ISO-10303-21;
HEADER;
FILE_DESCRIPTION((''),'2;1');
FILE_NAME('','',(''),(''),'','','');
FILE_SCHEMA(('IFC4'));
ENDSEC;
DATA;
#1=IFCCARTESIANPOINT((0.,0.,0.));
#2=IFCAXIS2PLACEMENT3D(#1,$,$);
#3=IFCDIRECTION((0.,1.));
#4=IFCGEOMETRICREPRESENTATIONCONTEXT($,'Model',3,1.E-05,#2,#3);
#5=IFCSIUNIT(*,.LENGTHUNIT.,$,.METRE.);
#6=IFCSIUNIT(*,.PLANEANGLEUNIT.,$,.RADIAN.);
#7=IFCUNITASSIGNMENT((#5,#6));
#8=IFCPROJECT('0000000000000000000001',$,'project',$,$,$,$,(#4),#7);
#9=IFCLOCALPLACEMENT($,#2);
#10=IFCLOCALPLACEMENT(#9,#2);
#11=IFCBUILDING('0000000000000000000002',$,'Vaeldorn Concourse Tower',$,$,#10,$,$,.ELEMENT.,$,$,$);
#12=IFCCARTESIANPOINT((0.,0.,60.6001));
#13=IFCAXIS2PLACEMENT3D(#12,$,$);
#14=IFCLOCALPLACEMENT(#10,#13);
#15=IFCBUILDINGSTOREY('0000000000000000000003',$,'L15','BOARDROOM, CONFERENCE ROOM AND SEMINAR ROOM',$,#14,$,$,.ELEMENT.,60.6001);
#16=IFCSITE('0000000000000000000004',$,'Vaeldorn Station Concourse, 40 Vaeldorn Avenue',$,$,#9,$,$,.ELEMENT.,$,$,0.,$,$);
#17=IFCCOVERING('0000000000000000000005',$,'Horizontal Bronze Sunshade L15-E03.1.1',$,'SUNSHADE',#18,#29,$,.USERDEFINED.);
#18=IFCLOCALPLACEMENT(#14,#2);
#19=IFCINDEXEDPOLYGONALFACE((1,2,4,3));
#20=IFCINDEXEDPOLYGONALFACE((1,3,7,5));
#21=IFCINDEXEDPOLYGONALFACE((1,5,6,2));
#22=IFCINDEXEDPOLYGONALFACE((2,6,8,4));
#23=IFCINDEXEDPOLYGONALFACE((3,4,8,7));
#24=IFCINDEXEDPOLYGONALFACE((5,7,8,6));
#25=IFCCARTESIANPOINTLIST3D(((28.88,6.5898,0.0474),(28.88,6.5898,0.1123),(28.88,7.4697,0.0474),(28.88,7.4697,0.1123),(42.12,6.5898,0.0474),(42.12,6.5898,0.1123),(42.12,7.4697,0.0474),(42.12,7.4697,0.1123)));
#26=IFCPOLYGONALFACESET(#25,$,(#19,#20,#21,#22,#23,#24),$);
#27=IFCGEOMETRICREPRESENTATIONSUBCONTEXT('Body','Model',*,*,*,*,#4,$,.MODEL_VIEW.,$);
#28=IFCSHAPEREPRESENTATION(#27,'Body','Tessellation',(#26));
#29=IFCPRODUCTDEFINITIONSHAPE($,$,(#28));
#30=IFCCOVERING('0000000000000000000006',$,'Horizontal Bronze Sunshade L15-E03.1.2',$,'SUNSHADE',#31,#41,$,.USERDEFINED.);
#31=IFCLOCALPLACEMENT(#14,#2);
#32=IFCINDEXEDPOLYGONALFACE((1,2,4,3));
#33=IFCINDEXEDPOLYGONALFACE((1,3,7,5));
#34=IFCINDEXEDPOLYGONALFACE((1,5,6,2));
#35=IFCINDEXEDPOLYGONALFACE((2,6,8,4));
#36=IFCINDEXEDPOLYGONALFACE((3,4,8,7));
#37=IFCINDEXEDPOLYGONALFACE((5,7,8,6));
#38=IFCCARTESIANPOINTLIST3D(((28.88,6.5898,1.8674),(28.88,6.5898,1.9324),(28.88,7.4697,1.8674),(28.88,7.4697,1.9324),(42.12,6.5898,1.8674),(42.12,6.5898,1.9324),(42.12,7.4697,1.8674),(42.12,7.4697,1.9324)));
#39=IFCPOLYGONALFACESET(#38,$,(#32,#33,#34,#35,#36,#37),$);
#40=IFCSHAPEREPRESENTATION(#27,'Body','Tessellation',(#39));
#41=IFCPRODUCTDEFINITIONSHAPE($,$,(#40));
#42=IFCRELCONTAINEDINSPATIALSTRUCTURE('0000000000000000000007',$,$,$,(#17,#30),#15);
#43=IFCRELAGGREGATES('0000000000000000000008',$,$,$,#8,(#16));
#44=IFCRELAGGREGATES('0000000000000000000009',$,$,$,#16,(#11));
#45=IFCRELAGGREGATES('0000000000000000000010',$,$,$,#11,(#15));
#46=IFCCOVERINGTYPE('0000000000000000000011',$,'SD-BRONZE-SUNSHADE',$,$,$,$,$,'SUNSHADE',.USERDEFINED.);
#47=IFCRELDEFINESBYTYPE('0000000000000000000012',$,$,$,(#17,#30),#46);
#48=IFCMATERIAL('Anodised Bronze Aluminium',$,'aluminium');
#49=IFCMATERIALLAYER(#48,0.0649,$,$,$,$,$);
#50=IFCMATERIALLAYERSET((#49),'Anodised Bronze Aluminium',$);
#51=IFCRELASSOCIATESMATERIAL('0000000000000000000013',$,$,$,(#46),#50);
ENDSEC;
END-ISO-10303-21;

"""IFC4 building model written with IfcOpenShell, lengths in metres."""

from ifc_helpers import new_model, si_unit, direction, frame, origin, origin_2d, place, context, subcontext, project, spatial, rectangle, extrude, source, transform, mapped, material, layer, layer_set, type_object, element, save


model = new_model("IFC4")

# Units and contexts
model_context = context("Model", 3, precision=1e-05, world=origin(), true_north=direction((0.0, 1.0)))
body_context = subcontext(model_context, "Body", "Model", "MODEL_VIEW")
ifc_project = project(units=[si_unit("LENGTHUNIT", "METRE"), si_unit("PLANEANGLEUNIT", "RADIAN")], contexts=[model_context])

# Site, building, storey
site_placement = place(None, origin())
site = spatial("IfcSite", under=ifc_project, at=site_placement, Name="Vaeldorn Station Concourse, 40 Vaeldorn Avenue", CompositionType="ELEMENT", RefElevation=0.0)
building_placement = place(site_placement, origin())
building = spatial("IfcBuilding", under=site, at=building_placement, Name="Vaeldorn Concourse Tower", CompositionType="ELEMENT")
storey_placement = place(building_placement, frame((0.0, 0.0, 60.6001)))
storey = spatial("IfcBuildingStorey", under=building, at=storey_placement, Name="L15", Description="BOARDROOM, CONFERENCE ROOM AND SEMINAR ROOM", CompositionType="ELEMENT", Elevation=60.6001)

# Shared definitions
ifc_material_1 = material(Name="Anodised Bronze Aluminium", Category="aluminium")

# Coverings
ifc_layer_1 = layer(ifc_material_1, 0.0649)
ifc_layer_set_1 = layer_set([ifc_layer_1], Name="Anodised Bronze Aluminium")
covering_type = type_object("IfcCoveringType", Name="SD-BRONZE-SUNSHADE", ElementType="SUNSHADE", PredefinedType="USERDEFINED", material=ifc_layer_set_1)
shared_shape_1 = source(origin(), body_context, "Body", "SweptSolid", [
    extrude(rectangle(XDim=13.24, YDim=0.8799, at=origin_2d()), origin(), (0.0, 0.0, 1.0), 0.0649),
])
for number, where, z_axis, x_axis, name in (
    (1, (35.5, 7.0298, 0.0474), (0.0, 0.0, 1.0), (1.0, 0.0, 0.0), "Horizontal Bronze Sunshade L15-E03.1.1"),
    (2, (35.5, 7.0298, 1.8674), (0.0, 0.0, 1.0), (1.0, 0.0, 0.0), "Horizontal Bronze Sunshade L15-E03.1.2"),
):
    element("IfcCovering", number, at=place(storey_placement, frame(where, z_axis=z_axis, x_axis=x_axis)), inside=storey, type_object=covering_type, Name=name, ObjectType="SUNSHADE", PredefinedType="USERDEFINED", context=body_context, shape_type="MappedRepresentation", body=[
        mapped(shared_shape_1, transform((0.0, 0.0, 0.0), scale=1.0)),
    ])

save(model, "model.ifc")
